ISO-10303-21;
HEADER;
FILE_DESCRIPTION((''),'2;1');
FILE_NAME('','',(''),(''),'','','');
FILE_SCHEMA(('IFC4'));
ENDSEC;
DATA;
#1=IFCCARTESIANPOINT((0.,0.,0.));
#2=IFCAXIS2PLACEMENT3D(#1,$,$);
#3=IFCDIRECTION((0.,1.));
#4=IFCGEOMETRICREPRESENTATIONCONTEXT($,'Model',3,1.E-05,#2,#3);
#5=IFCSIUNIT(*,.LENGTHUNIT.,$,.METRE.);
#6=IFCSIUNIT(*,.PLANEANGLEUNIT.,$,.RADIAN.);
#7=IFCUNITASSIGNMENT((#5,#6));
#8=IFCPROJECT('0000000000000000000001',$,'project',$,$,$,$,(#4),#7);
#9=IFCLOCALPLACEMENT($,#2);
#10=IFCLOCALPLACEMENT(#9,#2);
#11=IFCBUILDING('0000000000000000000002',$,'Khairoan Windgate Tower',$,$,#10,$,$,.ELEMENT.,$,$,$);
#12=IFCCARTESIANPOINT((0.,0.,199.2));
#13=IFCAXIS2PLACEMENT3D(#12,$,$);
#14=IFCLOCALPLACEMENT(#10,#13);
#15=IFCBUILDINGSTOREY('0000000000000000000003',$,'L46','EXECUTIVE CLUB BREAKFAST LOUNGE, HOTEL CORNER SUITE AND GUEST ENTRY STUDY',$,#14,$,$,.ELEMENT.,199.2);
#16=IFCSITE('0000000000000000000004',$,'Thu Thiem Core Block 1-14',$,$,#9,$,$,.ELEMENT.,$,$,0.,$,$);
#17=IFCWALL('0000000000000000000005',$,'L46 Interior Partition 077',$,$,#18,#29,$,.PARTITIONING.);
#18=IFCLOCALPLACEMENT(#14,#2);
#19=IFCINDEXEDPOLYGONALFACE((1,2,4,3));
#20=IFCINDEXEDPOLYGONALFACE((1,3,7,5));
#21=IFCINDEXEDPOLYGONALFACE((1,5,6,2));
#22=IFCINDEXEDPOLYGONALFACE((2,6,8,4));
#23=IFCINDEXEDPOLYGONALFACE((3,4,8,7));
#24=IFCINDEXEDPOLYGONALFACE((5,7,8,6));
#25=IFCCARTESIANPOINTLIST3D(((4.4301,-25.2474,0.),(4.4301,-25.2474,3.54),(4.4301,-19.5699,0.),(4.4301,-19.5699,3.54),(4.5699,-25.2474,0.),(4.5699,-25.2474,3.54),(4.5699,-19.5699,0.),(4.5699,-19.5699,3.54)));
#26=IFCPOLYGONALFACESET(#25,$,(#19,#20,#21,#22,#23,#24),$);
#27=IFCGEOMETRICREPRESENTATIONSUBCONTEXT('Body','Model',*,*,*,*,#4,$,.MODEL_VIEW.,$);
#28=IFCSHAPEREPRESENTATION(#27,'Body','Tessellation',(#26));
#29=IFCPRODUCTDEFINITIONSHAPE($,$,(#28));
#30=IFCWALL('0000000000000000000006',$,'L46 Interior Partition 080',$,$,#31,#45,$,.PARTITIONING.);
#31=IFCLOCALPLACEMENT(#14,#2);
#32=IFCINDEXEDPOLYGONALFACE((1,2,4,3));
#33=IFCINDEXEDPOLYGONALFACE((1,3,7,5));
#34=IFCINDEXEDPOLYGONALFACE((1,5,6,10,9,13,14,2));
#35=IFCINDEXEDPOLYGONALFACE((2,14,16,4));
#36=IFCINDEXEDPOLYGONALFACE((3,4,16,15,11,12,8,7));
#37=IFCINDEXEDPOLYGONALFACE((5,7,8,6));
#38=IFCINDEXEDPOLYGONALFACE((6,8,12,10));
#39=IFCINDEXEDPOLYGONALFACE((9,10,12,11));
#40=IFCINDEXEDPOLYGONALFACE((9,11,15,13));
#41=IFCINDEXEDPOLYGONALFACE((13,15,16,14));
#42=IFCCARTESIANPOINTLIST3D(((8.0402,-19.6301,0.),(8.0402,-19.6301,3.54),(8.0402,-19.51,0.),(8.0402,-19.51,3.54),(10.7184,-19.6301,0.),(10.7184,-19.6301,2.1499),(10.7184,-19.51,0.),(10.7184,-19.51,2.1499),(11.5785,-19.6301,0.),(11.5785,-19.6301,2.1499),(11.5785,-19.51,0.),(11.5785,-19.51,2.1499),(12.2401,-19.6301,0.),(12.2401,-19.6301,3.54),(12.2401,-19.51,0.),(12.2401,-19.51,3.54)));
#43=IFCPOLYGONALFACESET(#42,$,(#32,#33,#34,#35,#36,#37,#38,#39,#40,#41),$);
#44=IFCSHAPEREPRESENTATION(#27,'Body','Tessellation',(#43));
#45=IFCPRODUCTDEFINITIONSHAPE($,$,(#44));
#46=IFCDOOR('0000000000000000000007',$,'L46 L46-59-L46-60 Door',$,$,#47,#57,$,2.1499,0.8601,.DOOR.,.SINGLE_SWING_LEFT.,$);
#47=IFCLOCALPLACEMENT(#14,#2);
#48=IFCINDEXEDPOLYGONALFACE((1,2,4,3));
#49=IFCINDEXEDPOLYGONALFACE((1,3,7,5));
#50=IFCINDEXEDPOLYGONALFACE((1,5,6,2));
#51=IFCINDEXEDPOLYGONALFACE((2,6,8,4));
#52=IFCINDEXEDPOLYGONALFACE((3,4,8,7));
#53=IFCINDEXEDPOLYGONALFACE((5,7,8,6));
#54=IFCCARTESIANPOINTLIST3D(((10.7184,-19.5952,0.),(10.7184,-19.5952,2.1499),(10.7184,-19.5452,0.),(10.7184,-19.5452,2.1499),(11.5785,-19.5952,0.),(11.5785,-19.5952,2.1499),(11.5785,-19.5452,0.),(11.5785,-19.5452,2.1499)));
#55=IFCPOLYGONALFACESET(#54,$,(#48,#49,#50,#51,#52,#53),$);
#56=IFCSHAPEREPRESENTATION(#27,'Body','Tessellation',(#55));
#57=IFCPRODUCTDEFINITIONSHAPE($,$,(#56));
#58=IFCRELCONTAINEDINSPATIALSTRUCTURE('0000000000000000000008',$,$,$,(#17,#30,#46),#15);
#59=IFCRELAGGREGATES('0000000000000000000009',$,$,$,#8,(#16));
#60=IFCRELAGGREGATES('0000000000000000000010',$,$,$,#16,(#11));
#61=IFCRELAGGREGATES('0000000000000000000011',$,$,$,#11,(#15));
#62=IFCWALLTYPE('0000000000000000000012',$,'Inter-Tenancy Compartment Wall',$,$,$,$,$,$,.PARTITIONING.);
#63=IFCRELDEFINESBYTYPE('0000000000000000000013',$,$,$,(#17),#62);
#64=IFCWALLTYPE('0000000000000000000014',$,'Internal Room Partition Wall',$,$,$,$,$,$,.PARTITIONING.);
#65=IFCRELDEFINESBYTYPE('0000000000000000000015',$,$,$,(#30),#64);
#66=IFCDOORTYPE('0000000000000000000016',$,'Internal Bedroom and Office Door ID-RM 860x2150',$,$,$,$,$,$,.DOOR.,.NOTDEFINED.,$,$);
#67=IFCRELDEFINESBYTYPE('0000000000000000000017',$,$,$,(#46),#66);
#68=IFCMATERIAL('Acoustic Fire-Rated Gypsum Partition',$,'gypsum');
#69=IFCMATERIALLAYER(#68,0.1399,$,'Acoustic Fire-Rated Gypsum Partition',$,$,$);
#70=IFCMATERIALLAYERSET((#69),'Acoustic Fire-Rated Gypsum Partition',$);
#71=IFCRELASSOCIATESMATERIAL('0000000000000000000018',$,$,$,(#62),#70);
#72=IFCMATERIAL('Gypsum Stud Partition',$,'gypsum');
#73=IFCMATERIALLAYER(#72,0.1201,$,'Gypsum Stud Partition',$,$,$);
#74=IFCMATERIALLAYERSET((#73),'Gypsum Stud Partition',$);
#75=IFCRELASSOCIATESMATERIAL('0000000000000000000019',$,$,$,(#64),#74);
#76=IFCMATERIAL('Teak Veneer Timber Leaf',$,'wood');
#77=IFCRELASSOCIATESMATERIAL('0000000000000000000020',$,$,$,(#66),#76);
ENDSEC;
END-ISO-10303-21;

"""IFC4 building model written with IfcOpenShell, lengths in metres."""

from ifc_helpers import new_model, si_unit, direction, frame, frame_2d, origin, place, context, subcontext, project, spatial, rectangle, extrude, material, layer, layer_set, type_object, element, fill, save


model = new_model("IFC4")

# Units and contexts
model_context = context("Model", 3, precision=1e-05, world=origin(), true_north=direction((0.0, 1.0)))
body_context = subcontext(model_context, "Body", "Model", "MODEL_VIEW")
ifc_project = project(units=[si_unit("LENGTHUNIT", "METRE"), si_unit("PLANEANGLEUNIT", "RADIAN")], contexts=[model_context])

# Site, building, storey
site_placement = place(None, origin())
site = spatial("IfcSite", under=ifc_project, at=site_placement, Name="Thu Thiem Core Block 1-14", CompositionType="ELEMENT", RefElevation=0.0)
building_placement = place(site_placement, origin())
building = spatial("IfcBuilding", under=site, at=building_placement, Name="Khairoan Windgate Tower", CompositionType="ELEMENT")
storey_placement = place(building_placement, frame((0.0, 0.0, 199.2)))
storey = spatial("IfcBuildingStorey", under=building, at=storey_placement, Name="L46", Description="EXECUTIVE CLUB BREAKFAST LOUNGE, HOTEL CORNER SUITE AND GUEST ENTRY STUDY", CompositionType="ELEMENT", Elevation=199.2)

# Wall
ifc_material_1 = material(Name="Acoustic Fire-Rated Gypsum Partition", Category="gypsum")
ifc_layer_1 = layer(ifc_material_1, 0.1399, Name="Acoustic Fire-Rated Gypsum Partition")
ifc_layer_set_1 = layer_set([ifc_layer_1], Name="Acoustic Fire-Rated Gypsum Partition")
wall_type_1 = type_object("IfcWallType", Name="Inter-Tenancy Compartment Wall", PredefinedType="PARTITIONING", material=ifc_layer_set_1)
wall_1_placement = place(storey_placement, frame((4.5, -25.2476, 0.0), z_axis=(0.0, 0.0, 1.0), x_axis=(0.0, 1.0, 0.0)))
element("IfcWall", 1, at=wall_1_placement, inside=storey, type_object=wall_type_1, Name="L46 Interior Partition 077", PredefinedType="PARTITIONING", context=body_context, shape_type="SweptSolid", body=[
    extrude(rectangle(XDim=5.6775, YDim=0.1399, at=frame_2d((2.8389, 0.0))), origin(), (0.0, 0.0, 1.0), 3.54),
])

# Wall, opening, door
ifc_material_2 = material(Name="Gypsum Stud Partition", Category="gypsum")
ifc_layer_2 = layer(ifc_material_2, 0.1201, Name="Gypsum Stud Partition")
ifc_layer_set_2 = layer_set([ifc_layer_2], Name="Gypsum Stud Partition")
wall_type_2 = type_object("IfcWallType", Name="Internal Room Partition Wall", PredefinedType="PARTITIONING", material=ifc_layer_set_2)
wall_2_placement = place(storey_placement, frame((8.04, -19.5701, 0.0), z_axis=(0.0, 0.0, 1.0), x_axis=(1.0, 0.0, 0.0)))
wall_2 = element("IfcWall", 2, at=wall_2_placement, inside=storey, type_object=wall_type_2, Name="L46 Interior Partition 080", PredefinedType="PARTITIONING", context=body_context, shape_type="SweptSolid", body=[
    extrude(rectangle(XDim=4.2, YDim=0.1201, at=frame_2d((2.1001, 0.0))), origin(), (0.0, 0.0, 1.0), 3.54),
])
opening_1_placement = place(wall_2_placement, frame((2.6782, 0.0, 0.0)))
opening_1 = element("IfcOpeningElement", 3, at=opening_1_placement, cuts=wall_2, PredefinedType="OPENING", context=body_context, shape_type="SweptSolid", body=[
    extrude(rectangle(XDim=0.8601, YDim=2.1499, at=frame_2d((0.4302, 1.075))), frame((0.0, 0.0701, 0.0), z_axis=(0.0, -1.0, 0.0), x_axis=(1.0, 0.0, 0.0)), (0.0, 0.0, 1.0), 0.1401),
])
ifc_material_3 = material(Name="Teak Veneer Timber Leaf", Category="wood")
door_type_1 = type_object("IfcDoorType", Name="Internal Bedroom and Office Door ID-RM 860x2150", OperationType="NOTDEFINED", PredefinedType="DOOR", material=ifc_material_3)
door_1_placement = place(opening_1_placement, origin())
door_1 = element("IfcDoor", 4, at=door_1_placement, inside=storey, type_object=door_type_1, Name="L46 L46-59-L46-60 Door", OperationType="SINGLE_SWING_LEFT", OverallHeight=2.1499, OverallWidth=0.8601, PredefinedType="DOOR", context=body_context, shape_type="SweptSolid", body=[
    extrude(rectangle(XDim=0.8601, YDim=2.1499, at=frame_2d((0.4302, 1.075))), frame((0.0, 0.0249, 0.0), z_axis=(0.0, -1.0, 0.0), x_axis=(1.0, 0.0, 0.0)), (0.0, 0.0, 1.0), 0.05),
])
fill(opening_1, door_1)

save(model, "model.ifc")
